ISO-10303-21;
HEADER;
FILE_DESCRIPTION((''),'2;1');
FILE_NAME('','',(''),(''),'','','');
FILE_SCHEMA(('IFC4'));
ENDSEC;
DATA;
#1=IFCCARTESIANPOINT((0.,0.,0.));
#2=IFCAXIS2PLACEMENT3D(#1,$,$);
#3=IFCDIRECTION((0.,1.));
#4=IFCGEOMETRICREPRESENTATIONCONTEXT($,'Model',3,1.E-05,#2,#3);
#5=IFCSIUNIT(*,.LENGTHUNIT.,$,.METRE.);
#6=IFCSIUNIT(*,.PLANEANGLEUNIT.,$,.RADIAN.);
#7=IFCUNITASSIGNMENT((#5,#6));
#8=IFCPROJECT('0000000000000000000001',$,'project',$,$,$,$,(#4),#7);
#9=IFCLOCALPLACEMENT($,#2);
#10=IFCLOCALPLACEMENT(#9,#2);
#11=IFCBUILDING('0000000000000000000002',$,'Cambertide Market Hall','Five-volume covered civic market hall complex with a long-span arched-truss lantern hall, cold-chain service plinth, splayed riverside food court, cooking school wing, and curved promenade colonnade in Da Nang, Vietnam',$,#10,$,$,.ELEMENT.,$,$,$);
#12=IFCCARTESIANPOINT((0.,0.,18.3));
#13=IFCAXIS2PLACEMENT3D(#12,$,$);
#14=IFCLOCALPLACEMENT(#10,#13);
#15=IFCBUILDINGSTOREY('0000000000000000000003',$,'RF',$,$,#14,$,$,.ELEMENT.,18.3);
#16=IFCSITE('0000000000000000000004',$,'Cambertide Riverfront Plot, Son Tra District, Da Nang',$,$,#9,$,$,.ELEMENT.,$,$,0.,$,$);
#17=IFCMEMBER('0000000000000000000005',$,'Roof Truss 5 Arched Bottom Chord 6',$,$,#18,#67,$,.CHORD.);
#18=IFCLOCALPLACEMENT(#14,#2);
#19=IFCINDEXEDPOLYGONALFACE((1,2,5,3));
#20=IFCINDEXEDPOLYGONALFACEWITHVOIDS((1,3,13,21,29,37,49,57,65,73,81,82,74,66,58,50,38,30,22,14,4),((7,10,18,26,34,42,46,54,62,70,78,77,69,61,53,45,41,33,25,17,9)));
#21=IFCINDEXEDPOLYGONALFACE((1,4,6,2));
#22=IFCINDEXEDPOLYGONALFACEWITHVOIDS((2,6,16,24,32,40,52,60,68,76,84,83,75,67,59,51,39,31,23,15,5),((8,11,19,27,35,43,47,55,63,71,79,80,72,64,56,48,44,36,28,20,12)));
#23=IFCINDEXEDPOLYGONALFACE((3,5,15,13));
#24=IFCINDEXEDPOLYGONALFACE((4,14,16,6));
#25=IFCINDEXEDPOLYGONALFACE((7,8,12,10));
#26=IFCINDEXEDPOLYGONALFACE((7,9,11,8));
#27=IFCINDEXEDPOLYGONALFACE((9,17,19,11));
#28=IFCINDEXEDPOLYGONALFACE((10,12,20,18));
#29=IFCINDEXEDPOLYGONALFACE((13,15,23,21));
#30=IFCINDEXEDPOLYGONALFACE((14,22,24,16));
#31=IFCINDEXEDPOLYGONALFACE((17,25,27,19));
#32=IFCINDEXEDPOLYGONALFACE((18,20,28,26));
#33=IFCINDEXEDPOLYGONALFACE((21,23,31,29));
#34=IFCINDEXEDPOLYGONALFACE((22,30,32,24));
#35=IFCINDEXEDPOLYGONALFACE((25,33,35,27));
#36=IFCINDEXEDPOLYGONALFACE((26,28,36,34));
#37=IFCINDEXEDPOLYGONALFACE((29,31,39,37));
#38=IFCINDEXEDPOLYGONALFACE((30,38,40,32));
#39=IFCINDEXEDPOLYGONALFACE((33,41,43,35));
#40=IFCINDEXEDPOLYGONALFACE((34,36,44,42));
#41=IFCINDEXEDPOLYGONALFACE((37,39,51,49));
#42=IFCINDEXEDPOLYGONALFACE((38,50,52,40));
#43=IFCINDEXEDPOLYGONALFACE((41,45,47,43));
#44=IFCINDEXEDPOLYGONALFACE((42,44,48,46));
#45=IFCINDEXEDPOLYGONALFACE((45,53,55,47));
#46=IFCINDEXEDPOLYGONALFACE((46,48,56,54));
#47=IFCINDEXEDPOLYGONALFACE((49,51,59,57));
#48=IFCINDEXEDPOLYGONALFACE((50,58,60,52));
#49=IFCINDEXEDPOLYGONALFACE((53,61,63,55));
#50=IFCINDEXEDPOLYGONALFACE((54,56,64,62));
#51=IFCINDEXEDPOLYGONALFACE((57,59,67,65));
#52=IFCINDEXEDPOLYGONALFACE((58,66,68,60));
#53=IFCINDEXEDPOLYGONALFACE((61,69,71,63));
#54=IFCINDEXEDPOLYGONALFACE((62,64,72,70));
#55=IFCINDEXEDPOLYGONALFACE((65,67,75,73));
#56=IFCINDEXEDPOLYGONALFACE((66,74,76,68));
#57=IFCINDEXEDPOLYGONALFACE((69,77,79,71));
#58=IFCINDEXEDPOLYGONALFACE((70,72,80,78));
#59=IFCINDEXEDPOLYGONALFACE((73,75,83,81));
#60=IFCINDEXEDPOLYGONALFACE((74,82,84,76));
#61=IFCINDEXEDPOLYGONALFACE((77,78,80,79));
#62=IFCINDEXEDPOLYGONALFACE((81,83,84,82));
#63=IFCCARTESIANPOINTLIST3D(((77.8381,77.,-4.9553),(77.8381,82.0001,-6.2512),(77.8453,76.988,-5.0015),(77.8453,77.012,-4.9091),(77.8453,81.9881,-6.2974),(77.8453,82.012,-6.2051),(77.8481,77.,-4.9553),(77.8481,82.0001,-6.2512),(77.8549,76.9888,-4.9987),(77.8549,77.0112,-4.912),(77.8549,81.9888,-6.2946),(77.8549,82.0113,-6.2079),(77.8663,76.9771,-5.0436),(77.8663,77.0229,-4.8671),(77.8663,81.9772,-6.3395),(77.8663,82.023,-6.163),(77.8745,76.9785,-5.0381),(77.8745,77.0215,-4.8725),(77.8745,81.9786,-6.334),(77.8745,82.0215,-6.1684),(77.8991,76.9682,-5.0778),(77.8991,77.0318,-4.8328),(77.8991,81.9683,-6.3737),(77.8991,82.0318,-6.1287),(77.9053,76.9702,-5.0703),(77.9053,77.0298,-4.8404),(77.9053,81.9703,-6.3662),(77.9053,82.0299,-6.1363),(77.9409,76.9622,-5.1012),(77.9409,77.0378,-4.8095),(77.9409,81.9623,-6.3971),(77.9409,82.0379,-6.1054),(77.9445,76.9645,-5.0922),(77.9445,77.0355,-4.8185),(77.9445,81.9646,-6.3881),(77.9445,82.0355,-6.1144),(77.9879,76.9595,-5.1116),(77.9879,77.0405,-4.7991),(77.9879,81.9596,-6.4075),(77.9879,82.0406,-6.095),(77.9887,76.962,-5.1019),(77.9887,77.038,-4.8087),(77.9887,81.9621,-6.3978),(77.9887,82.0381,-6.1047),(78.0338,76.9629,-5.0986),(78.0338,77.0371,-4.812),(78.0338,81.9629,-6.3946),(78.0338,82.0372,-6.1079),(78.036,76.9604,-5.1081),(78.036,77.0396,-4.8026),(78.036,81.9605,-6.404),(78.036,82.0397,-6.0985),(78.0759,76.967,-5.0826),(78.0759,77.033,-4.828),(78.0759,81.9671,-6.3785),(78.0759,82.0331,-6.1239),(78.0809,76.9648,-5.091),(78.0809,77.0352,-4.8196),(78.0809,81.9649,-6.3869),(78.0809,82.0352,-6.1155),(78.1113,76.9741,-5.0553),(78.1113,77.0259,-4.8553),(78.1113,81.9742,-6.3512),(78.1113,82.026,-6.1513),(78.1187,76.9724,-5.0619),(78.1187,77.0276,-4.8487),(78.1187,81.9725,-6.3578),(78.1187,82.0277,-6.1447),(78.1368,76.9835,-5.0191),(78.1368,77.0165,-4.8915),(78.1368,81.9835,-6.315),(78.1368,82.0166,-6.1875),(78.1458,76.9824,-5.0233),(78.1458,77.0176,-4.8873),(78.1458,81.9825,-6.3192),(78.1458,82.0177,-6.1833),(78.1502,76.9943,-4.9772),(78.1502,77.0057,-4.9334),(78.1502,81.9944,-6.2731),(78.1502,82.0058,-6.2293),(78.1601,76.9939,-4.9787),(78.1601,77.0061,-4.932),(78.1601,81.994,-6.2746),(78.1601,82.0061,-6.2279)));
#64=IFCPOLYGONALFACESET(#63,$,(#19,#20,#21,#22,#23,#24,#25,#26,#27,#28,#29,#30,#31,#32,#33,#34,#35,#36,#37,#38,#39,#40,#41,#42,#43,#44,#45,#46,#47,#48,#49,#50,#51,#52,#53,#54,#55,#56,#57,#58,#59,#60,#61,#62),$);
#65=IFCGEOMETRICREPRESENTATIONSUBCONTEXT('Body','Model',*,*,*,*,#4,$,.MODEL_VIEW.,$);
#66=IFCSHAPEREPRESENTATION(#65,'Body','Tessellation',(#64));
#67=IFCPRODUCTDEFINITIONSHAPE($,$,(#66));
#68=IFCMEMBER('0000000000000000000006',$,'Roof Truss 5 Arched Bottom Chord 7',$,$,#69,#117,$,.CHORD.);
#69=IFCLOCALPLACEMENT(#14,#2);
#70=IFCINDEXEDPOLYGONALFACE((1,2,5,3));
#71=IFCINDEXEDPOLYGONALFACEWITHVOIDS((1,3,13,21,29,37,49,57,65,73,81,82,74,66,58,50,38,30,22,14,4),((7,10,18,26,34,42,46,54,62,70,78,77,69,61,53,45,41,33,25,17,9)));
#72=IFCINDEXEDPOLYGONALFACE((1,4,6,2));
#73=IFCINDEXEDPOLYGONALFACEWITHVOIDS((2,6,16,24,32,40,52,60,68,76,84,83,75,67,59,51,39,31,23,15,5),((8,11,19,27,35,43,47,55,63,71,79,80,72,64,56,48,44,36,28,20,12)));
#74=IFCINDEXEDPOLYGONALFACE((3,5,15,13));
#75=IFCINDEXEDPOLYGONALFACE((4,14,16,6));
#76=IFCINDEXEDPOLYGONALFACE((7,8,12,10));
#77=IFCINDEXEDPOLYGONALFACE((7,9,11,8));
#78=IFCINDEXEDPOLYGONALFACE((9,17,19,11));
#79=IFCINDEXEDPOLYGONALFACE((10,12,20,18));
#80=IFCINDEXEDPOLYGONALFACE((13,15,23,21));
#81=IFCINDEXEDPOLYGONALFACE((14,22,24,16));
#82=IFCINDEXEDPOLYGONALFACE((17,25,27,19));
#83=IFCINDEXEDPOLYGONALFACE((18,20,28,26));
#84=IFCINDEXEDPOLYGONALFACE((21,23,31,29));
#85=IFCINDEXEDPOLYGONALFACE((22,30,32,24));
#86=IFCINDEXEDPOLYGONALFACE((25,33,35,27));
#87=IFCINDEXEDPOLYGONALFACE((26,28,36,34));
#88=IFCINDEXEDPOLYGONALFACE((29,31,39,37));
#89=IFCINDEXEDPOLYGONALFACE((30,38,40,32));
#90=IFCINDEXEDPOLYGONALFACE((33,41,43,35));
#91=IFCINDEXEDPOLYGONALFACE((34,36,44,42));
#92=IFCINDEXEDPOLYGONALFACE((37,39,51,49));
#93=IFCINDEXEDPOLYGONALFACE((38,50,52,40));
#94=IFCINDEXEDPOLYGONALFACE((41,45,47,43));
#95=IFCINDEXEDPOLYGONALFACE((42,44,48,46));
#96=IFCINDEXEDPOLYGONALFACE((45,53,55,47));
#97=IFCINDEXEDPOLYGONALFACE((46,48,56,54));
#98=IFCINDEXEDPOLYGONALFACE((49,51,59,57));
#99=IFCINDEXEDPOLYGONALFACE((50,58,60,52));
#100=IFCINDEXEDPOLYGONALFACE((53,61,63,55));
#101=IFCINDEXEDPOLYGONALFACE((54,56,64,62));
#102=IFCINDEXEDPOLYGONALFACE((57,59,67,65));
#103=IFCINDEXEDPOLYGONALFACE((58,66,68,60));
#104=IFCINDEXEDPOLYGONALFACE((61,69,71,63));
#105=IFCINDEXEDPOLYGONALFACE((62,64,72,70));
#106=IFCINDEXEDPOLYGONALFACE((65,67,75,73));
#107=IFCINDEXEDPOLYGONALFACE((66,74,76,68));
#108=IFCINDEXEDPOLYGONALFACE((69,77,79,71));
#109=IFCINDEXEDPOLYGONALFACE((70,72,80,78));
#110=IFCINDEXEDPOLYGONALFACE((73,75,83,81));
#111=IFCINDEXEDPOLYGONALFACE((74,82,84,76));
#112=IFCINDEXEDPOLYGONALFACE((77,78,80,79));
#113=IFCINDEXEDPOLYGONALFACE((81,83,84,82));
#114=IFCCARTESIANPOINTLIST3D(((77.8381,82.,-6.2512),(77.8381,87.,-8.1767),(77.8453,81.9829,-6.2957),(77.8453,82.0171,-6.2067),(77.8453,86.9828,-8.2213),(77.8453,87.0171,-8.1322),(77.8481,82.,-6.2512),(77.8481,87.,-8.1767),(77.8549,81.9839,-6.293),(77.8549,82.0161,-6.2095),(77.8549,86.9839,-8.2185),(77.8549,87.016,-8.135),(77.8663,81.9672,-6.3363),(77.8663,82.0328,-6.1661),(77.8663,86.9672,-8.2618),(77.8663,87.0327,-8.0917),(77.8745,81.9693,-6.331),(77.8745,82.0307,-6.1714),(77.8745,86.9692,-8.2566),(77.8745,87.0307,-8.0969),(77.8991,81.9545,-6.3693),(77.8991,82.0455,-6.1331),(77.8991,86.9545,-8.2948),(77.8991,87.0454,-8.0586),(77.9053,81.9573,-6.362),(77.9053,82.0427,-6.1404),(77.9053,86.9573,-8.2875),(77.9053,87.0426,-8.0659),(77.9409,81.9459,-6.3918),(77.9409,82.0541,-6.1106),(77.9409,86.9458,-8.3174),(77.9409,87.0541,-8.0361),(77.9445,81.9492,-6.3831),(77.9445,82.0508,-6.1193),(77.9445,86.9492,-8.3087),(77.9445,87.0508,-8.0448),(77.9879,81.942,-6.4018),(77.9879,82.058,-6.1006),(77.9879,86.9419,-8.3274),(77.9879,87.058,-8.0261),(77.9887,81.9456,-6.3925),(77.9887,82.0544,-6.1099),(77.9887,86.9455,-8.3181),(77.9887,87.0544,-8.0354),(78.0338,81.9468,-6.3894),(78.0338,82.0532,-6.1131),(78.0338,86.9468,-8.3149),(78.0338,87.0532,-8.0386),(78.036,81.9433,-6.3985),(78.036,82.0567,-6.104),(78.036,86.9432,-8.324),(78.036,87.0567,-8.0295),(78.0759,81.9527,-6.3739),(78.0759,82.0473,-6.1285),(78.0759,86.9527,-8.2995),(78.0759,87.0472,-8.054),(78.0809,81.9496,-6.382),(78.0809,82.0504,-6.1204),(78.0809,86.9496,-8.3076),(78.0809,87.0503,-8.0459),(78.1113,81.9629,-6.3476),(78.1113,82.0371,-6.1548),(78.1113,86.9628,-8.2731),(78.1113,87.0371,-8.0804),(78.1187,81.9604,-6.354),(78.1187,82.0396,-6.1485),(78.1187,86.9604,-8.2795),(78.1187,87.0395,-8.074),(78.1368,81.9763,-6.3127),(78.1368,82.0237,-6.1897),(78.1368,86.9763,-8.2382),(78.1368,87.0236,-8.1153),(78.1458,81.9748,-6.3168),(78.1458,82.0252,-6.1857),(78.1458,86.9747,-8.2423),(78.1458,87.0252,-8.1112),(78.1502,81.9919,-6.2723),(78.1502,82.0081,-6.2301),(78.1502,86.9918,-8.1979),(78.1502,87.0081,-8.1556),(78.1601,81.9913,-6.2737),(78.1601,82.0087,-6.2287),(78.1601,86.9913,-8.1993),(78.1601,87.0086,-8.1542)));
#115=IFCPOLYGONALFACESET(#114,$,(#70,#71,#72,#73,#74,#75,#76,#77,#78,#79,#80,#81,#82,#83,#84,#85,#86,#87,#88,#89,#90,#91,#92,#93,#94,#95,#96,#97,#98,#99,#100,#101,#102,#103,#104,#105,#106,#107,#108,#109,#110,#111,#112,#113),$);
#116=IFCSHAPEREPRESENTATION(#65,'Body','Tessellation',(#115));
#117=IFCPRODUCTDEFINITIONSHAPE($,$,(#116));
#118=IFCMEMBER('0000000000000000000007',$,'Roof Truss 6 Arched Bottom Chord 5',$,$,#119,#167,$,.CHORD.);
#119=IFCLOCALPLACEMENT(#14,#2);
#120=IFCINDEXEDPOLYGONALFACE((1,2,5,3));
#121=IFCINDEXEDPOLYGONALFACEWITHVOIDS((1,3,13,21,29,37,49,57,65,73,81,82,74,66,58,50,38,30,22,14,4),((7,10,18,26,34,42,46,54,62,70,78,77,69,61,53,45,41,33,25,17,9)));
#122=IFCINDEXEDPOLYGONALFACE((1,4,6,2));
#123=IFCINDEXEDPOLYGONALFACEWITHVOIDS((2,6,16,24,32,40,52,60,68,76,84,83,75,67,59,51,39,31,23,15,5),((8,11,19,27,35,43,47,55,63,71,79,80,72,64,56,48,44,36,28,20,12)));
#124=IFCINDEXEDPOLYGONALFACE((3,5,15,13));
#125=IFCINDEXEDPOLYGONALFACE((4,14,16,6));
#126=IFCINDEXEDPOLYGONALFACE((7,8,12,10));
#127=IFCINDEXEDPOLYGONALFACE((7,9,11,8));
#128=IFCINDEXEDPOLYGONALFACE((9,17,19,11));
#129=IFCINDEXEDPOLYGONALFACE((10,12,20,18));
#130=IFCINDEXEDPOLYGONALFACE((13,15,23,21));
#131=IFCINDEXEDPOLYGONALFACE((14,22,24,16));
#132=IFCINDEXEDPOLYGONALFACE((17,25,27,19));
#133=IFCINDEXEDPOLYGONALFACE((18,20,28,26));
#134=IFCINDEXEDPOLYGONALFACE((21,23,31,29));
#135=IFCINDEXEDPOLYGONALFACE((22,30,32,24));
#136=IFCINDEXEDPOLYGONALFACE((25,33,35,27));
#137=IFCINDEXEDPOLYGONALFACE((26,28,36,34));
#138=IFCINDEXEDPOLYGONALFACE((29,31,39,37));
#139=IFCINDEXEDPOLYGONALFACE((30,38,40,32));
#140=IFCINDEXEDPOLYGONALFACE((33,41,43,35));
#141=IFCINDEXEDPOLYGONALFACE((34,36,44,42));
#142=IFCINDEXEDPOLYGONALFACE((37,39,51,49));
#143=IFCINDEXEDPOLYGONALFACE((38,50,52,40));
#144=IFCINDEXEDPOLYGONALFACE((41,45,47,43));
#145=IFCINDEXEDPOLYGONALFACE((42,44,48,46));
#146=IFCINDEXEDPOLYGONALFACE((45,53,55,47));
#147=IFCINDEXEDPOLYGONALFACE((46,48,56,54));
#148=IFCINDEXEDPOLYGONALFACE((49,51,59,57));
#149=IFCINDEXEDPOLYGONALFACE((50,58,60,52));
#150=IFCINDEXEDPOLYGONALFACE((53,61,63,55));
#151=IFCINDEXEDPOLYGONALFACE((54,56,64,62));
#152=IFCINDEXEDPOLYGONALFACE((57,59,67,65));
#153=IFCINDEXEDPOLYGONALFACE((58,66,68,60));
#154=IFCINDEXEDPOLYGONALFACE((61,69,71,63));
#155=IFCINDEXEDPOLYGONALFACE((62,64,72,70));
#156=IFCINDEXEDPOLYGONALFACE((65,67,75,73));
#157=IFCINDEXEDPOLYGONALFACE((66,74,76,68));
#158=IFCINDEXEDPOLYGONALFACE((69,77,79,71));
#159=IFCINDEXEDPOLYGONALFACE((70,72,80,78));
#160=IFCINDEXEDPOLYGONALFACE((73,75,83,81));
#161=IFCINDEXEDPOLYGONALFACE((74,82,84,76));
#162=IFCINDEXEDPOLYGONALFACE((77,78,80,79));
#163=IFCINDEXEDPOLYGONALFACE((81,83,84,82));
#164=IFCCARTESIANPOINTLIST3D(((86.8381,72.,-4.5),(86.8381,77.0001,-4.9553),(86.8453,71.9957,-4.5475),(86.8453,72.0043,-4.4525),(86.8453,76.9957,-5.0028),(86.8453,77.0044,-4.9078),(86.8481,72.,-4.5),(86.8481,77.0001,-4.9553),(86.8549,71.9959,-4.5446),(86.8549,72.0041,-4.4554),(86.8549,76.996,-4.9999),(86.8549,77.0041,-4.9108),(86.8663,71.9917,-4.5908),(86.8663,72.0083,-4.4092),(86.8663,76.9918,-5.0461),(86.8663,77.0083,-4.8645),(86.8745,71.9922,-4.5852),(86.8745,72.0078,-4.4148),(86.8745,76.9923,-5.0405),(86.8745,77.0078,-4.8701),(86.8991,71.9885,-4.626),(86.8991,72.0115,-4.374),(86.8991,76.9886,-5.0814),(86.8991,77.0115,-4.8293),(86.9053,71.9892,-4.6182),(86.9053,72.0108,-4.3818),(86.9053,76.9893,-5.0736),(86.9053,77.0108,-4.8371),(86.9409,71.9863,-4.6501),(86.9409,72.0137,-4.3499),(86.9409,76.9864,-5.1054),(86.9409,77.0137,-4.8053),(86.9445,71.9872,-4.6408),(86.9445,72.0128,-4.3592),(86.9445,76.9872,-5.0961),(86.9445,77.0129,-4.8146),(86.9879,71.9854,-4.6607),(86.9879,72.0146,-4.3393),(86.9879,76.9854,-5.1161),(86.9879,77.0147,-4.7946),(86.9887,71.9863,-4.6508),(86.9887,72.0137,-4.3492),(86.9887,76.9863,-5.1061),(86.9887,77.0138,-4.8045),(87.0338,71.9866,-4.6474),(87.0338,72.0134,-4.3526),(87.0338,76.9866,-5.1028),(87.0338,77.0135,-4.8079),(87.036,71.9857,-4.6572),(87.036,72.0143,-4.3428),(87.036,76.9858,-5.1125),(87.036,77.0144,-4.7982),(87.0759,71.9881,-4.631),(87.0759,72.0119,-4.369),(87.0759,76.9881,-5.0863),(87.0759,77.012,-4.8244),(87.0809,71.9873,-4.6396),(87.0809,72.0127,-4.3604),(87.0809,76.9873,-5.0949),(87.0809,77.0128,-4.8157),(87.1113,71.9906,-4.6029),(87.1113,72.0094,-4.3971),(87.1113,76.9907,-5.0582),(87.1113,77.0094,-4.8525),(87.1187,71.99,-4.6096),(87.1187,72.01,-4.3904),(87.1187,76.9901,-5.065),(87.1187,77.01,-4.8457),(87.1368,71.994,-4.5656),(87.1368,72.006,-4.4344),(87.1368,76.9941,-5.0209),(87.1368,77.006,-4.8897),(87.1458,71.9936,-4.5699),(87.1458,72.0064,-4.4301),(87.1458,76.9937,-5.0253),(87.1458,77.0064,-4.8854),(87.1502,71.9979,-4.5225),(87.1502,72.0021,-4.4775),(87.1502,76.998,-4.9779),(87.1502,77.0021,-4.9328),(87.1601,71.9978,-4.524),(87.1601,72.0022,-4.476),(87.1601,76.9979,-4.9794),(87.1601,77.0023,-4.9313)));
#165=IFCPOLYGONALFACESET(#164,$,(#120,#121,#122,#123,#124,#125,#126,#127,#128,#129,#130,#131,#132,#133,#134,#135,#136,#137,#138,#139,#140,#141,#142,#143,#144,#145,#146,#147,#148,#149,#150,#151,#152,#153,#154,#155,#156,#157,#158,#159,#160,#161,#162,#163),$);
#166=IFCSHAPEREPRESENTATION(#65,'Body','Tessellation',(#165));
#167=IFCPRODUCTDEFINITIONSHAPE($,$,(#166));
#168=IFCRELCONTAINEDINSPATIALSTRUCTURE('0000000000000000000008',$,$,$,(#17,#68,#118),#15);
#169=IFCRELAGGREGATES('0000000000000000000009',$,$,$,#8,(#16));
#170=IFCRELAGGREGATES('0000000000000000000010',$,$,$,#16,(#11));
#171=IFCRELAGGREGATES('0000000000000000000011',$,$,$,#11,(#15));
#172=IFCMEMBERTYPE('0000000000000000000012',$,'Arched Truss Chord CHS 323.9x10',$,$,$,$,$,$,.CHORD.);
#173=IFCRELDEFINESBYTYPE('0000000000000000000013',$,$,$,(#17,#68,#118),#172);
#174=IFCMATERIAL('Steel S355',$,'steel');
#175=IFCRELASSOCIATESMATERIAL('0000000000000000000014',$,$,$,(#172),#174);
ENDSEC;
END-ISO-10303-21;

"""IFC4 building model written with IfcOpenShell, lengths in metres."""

from ifc_helpers import new_model, si_unit, direction, frame, origin, origin_2d, place, context, subcontext, project, spatial, hollow_circle, extrude, material, material_profile, profile_set, type_object, element, save


model = new_model("IFC4")

# Units and contexts
model_context = context("Model", 3, precision=1e-05, world=origin(), true_north=direction((0.0, 1.0)))
body_context = subcontext(model_context, "Body", "Model", "MODEL_VIEW")
ifc_project = project(units=[si_unit("LENGTHUNIT", "METRE"), si_unit("PLANEANGLEUNIT", "RADIAN")], contexts=[model_context])

# Site, building, storey
site_placement = place(None, origin())
site = spatial("IfcSite", under=ifc_project, at=site_placement, Name="Cambertide Riverfront Plot, Son Tra District, Da Nang", CompositionType="ELEMENT", RefElevation=0.0)
building_placement = place(site_placement, origin())
building = spatial("IfcBuilding", under=site, at=building_placement, Name="Cambertide Market Hall", Description="Five-volume covered civic market hall complex with a long-span arched-truss lantern hall, cold-chain service plinth, splayed riverside food court, cooking school wing, and curved promenade colonnade in Da Nang, Vietnam", CompositionType="ELEMENT")
storey_placement = place(building_placement, frame((0.0, 0.0, 18.3)))
storey = spatial("IfcBuildingStorey", under=building, at=storey_placement, Name="RF", CompositionType="ELEMENT", Elevation=18.3)

# Members
ifc_material_1 = material(Name="Steel S355", Category="steel")
ifc_material_profile_1 = material_profile(ifc_material_1, hollow_circle(Radius=0.1619, WallThickness=0.01, at=origin_2d()), Name="CHS 323.9x10")
ifc_profile_set_1 = profile_set([ifc_material_profile_1], Name="Steel S355")
member_type_1 = type_object("IfcMemberType", Name="Arched Truss Chord CHS 323.9x10", PredefinedType="CHORD", material=ifc_profile_set_1)
member_1_placement = place(storey_placement, frame((78.0, 77.0, -4.9553), z_axis=(0.0, 0.968016, -0.25089), x_axis=(-1.0, 0.0, 0.0)))
element("IfcMember", 1, at=member_1_placement, inside=storey, type_object=member_type_1, Name="Roof Truss 5 Arched Bottom Chord 6", PredefinedType="CHORD", context=body_context, shape_type="SweptSolid", body=[
    extrude(hollow_circle(Radius=0.1619, WallThickness=0.01, at=origin_2d()), origin(), (0.0, 0.0, 1.0), 5.1653),
])
member_2_placement = place(storey_placement, frame((78.0, 82.0, -6.2512), z_axis=(0.0, 0.933192, -0.359379), x_axis=(-1.0, 0.0, 0.0)))
element("IfcMember", 2, at=member_2_placement, inside=storey, type_object=member_type_1, Name="Roof Truss 5 Arched Bottom Chord 7", PredefinedType="CHORD", context=body_context, shape_type="SweptSolid", body=[
    extrude(hollow_circle(Radius=0.1619, WallThickness=0.01, at=origin_2d()), origin(), (0.0, 0.0, 1.0), 5.3579),
])
member_3_placement = place(storey_placement, frame((87.0, 72.0, -4.5), z_axis=(0.0, 0.995879, -0.090689), x_axis=(-1.0, 0.0, 0.0)))
element("IfcMember", 3, at=member_3_placement, inside=storey, type_object=member_type_1, Name="Roof Truss 6 Arched Bottom Chord 5", PredefinedType="CHORD", context=body_context, shape_type="SweptSolid", body=[
    extrude(hollow_circle(Radius=0.1619, WallThickness=0.01, at=origin_2d()), origin(), (0.0, 0.0, 1.0), 5.0208),
])

save(model, "model.ifc")
